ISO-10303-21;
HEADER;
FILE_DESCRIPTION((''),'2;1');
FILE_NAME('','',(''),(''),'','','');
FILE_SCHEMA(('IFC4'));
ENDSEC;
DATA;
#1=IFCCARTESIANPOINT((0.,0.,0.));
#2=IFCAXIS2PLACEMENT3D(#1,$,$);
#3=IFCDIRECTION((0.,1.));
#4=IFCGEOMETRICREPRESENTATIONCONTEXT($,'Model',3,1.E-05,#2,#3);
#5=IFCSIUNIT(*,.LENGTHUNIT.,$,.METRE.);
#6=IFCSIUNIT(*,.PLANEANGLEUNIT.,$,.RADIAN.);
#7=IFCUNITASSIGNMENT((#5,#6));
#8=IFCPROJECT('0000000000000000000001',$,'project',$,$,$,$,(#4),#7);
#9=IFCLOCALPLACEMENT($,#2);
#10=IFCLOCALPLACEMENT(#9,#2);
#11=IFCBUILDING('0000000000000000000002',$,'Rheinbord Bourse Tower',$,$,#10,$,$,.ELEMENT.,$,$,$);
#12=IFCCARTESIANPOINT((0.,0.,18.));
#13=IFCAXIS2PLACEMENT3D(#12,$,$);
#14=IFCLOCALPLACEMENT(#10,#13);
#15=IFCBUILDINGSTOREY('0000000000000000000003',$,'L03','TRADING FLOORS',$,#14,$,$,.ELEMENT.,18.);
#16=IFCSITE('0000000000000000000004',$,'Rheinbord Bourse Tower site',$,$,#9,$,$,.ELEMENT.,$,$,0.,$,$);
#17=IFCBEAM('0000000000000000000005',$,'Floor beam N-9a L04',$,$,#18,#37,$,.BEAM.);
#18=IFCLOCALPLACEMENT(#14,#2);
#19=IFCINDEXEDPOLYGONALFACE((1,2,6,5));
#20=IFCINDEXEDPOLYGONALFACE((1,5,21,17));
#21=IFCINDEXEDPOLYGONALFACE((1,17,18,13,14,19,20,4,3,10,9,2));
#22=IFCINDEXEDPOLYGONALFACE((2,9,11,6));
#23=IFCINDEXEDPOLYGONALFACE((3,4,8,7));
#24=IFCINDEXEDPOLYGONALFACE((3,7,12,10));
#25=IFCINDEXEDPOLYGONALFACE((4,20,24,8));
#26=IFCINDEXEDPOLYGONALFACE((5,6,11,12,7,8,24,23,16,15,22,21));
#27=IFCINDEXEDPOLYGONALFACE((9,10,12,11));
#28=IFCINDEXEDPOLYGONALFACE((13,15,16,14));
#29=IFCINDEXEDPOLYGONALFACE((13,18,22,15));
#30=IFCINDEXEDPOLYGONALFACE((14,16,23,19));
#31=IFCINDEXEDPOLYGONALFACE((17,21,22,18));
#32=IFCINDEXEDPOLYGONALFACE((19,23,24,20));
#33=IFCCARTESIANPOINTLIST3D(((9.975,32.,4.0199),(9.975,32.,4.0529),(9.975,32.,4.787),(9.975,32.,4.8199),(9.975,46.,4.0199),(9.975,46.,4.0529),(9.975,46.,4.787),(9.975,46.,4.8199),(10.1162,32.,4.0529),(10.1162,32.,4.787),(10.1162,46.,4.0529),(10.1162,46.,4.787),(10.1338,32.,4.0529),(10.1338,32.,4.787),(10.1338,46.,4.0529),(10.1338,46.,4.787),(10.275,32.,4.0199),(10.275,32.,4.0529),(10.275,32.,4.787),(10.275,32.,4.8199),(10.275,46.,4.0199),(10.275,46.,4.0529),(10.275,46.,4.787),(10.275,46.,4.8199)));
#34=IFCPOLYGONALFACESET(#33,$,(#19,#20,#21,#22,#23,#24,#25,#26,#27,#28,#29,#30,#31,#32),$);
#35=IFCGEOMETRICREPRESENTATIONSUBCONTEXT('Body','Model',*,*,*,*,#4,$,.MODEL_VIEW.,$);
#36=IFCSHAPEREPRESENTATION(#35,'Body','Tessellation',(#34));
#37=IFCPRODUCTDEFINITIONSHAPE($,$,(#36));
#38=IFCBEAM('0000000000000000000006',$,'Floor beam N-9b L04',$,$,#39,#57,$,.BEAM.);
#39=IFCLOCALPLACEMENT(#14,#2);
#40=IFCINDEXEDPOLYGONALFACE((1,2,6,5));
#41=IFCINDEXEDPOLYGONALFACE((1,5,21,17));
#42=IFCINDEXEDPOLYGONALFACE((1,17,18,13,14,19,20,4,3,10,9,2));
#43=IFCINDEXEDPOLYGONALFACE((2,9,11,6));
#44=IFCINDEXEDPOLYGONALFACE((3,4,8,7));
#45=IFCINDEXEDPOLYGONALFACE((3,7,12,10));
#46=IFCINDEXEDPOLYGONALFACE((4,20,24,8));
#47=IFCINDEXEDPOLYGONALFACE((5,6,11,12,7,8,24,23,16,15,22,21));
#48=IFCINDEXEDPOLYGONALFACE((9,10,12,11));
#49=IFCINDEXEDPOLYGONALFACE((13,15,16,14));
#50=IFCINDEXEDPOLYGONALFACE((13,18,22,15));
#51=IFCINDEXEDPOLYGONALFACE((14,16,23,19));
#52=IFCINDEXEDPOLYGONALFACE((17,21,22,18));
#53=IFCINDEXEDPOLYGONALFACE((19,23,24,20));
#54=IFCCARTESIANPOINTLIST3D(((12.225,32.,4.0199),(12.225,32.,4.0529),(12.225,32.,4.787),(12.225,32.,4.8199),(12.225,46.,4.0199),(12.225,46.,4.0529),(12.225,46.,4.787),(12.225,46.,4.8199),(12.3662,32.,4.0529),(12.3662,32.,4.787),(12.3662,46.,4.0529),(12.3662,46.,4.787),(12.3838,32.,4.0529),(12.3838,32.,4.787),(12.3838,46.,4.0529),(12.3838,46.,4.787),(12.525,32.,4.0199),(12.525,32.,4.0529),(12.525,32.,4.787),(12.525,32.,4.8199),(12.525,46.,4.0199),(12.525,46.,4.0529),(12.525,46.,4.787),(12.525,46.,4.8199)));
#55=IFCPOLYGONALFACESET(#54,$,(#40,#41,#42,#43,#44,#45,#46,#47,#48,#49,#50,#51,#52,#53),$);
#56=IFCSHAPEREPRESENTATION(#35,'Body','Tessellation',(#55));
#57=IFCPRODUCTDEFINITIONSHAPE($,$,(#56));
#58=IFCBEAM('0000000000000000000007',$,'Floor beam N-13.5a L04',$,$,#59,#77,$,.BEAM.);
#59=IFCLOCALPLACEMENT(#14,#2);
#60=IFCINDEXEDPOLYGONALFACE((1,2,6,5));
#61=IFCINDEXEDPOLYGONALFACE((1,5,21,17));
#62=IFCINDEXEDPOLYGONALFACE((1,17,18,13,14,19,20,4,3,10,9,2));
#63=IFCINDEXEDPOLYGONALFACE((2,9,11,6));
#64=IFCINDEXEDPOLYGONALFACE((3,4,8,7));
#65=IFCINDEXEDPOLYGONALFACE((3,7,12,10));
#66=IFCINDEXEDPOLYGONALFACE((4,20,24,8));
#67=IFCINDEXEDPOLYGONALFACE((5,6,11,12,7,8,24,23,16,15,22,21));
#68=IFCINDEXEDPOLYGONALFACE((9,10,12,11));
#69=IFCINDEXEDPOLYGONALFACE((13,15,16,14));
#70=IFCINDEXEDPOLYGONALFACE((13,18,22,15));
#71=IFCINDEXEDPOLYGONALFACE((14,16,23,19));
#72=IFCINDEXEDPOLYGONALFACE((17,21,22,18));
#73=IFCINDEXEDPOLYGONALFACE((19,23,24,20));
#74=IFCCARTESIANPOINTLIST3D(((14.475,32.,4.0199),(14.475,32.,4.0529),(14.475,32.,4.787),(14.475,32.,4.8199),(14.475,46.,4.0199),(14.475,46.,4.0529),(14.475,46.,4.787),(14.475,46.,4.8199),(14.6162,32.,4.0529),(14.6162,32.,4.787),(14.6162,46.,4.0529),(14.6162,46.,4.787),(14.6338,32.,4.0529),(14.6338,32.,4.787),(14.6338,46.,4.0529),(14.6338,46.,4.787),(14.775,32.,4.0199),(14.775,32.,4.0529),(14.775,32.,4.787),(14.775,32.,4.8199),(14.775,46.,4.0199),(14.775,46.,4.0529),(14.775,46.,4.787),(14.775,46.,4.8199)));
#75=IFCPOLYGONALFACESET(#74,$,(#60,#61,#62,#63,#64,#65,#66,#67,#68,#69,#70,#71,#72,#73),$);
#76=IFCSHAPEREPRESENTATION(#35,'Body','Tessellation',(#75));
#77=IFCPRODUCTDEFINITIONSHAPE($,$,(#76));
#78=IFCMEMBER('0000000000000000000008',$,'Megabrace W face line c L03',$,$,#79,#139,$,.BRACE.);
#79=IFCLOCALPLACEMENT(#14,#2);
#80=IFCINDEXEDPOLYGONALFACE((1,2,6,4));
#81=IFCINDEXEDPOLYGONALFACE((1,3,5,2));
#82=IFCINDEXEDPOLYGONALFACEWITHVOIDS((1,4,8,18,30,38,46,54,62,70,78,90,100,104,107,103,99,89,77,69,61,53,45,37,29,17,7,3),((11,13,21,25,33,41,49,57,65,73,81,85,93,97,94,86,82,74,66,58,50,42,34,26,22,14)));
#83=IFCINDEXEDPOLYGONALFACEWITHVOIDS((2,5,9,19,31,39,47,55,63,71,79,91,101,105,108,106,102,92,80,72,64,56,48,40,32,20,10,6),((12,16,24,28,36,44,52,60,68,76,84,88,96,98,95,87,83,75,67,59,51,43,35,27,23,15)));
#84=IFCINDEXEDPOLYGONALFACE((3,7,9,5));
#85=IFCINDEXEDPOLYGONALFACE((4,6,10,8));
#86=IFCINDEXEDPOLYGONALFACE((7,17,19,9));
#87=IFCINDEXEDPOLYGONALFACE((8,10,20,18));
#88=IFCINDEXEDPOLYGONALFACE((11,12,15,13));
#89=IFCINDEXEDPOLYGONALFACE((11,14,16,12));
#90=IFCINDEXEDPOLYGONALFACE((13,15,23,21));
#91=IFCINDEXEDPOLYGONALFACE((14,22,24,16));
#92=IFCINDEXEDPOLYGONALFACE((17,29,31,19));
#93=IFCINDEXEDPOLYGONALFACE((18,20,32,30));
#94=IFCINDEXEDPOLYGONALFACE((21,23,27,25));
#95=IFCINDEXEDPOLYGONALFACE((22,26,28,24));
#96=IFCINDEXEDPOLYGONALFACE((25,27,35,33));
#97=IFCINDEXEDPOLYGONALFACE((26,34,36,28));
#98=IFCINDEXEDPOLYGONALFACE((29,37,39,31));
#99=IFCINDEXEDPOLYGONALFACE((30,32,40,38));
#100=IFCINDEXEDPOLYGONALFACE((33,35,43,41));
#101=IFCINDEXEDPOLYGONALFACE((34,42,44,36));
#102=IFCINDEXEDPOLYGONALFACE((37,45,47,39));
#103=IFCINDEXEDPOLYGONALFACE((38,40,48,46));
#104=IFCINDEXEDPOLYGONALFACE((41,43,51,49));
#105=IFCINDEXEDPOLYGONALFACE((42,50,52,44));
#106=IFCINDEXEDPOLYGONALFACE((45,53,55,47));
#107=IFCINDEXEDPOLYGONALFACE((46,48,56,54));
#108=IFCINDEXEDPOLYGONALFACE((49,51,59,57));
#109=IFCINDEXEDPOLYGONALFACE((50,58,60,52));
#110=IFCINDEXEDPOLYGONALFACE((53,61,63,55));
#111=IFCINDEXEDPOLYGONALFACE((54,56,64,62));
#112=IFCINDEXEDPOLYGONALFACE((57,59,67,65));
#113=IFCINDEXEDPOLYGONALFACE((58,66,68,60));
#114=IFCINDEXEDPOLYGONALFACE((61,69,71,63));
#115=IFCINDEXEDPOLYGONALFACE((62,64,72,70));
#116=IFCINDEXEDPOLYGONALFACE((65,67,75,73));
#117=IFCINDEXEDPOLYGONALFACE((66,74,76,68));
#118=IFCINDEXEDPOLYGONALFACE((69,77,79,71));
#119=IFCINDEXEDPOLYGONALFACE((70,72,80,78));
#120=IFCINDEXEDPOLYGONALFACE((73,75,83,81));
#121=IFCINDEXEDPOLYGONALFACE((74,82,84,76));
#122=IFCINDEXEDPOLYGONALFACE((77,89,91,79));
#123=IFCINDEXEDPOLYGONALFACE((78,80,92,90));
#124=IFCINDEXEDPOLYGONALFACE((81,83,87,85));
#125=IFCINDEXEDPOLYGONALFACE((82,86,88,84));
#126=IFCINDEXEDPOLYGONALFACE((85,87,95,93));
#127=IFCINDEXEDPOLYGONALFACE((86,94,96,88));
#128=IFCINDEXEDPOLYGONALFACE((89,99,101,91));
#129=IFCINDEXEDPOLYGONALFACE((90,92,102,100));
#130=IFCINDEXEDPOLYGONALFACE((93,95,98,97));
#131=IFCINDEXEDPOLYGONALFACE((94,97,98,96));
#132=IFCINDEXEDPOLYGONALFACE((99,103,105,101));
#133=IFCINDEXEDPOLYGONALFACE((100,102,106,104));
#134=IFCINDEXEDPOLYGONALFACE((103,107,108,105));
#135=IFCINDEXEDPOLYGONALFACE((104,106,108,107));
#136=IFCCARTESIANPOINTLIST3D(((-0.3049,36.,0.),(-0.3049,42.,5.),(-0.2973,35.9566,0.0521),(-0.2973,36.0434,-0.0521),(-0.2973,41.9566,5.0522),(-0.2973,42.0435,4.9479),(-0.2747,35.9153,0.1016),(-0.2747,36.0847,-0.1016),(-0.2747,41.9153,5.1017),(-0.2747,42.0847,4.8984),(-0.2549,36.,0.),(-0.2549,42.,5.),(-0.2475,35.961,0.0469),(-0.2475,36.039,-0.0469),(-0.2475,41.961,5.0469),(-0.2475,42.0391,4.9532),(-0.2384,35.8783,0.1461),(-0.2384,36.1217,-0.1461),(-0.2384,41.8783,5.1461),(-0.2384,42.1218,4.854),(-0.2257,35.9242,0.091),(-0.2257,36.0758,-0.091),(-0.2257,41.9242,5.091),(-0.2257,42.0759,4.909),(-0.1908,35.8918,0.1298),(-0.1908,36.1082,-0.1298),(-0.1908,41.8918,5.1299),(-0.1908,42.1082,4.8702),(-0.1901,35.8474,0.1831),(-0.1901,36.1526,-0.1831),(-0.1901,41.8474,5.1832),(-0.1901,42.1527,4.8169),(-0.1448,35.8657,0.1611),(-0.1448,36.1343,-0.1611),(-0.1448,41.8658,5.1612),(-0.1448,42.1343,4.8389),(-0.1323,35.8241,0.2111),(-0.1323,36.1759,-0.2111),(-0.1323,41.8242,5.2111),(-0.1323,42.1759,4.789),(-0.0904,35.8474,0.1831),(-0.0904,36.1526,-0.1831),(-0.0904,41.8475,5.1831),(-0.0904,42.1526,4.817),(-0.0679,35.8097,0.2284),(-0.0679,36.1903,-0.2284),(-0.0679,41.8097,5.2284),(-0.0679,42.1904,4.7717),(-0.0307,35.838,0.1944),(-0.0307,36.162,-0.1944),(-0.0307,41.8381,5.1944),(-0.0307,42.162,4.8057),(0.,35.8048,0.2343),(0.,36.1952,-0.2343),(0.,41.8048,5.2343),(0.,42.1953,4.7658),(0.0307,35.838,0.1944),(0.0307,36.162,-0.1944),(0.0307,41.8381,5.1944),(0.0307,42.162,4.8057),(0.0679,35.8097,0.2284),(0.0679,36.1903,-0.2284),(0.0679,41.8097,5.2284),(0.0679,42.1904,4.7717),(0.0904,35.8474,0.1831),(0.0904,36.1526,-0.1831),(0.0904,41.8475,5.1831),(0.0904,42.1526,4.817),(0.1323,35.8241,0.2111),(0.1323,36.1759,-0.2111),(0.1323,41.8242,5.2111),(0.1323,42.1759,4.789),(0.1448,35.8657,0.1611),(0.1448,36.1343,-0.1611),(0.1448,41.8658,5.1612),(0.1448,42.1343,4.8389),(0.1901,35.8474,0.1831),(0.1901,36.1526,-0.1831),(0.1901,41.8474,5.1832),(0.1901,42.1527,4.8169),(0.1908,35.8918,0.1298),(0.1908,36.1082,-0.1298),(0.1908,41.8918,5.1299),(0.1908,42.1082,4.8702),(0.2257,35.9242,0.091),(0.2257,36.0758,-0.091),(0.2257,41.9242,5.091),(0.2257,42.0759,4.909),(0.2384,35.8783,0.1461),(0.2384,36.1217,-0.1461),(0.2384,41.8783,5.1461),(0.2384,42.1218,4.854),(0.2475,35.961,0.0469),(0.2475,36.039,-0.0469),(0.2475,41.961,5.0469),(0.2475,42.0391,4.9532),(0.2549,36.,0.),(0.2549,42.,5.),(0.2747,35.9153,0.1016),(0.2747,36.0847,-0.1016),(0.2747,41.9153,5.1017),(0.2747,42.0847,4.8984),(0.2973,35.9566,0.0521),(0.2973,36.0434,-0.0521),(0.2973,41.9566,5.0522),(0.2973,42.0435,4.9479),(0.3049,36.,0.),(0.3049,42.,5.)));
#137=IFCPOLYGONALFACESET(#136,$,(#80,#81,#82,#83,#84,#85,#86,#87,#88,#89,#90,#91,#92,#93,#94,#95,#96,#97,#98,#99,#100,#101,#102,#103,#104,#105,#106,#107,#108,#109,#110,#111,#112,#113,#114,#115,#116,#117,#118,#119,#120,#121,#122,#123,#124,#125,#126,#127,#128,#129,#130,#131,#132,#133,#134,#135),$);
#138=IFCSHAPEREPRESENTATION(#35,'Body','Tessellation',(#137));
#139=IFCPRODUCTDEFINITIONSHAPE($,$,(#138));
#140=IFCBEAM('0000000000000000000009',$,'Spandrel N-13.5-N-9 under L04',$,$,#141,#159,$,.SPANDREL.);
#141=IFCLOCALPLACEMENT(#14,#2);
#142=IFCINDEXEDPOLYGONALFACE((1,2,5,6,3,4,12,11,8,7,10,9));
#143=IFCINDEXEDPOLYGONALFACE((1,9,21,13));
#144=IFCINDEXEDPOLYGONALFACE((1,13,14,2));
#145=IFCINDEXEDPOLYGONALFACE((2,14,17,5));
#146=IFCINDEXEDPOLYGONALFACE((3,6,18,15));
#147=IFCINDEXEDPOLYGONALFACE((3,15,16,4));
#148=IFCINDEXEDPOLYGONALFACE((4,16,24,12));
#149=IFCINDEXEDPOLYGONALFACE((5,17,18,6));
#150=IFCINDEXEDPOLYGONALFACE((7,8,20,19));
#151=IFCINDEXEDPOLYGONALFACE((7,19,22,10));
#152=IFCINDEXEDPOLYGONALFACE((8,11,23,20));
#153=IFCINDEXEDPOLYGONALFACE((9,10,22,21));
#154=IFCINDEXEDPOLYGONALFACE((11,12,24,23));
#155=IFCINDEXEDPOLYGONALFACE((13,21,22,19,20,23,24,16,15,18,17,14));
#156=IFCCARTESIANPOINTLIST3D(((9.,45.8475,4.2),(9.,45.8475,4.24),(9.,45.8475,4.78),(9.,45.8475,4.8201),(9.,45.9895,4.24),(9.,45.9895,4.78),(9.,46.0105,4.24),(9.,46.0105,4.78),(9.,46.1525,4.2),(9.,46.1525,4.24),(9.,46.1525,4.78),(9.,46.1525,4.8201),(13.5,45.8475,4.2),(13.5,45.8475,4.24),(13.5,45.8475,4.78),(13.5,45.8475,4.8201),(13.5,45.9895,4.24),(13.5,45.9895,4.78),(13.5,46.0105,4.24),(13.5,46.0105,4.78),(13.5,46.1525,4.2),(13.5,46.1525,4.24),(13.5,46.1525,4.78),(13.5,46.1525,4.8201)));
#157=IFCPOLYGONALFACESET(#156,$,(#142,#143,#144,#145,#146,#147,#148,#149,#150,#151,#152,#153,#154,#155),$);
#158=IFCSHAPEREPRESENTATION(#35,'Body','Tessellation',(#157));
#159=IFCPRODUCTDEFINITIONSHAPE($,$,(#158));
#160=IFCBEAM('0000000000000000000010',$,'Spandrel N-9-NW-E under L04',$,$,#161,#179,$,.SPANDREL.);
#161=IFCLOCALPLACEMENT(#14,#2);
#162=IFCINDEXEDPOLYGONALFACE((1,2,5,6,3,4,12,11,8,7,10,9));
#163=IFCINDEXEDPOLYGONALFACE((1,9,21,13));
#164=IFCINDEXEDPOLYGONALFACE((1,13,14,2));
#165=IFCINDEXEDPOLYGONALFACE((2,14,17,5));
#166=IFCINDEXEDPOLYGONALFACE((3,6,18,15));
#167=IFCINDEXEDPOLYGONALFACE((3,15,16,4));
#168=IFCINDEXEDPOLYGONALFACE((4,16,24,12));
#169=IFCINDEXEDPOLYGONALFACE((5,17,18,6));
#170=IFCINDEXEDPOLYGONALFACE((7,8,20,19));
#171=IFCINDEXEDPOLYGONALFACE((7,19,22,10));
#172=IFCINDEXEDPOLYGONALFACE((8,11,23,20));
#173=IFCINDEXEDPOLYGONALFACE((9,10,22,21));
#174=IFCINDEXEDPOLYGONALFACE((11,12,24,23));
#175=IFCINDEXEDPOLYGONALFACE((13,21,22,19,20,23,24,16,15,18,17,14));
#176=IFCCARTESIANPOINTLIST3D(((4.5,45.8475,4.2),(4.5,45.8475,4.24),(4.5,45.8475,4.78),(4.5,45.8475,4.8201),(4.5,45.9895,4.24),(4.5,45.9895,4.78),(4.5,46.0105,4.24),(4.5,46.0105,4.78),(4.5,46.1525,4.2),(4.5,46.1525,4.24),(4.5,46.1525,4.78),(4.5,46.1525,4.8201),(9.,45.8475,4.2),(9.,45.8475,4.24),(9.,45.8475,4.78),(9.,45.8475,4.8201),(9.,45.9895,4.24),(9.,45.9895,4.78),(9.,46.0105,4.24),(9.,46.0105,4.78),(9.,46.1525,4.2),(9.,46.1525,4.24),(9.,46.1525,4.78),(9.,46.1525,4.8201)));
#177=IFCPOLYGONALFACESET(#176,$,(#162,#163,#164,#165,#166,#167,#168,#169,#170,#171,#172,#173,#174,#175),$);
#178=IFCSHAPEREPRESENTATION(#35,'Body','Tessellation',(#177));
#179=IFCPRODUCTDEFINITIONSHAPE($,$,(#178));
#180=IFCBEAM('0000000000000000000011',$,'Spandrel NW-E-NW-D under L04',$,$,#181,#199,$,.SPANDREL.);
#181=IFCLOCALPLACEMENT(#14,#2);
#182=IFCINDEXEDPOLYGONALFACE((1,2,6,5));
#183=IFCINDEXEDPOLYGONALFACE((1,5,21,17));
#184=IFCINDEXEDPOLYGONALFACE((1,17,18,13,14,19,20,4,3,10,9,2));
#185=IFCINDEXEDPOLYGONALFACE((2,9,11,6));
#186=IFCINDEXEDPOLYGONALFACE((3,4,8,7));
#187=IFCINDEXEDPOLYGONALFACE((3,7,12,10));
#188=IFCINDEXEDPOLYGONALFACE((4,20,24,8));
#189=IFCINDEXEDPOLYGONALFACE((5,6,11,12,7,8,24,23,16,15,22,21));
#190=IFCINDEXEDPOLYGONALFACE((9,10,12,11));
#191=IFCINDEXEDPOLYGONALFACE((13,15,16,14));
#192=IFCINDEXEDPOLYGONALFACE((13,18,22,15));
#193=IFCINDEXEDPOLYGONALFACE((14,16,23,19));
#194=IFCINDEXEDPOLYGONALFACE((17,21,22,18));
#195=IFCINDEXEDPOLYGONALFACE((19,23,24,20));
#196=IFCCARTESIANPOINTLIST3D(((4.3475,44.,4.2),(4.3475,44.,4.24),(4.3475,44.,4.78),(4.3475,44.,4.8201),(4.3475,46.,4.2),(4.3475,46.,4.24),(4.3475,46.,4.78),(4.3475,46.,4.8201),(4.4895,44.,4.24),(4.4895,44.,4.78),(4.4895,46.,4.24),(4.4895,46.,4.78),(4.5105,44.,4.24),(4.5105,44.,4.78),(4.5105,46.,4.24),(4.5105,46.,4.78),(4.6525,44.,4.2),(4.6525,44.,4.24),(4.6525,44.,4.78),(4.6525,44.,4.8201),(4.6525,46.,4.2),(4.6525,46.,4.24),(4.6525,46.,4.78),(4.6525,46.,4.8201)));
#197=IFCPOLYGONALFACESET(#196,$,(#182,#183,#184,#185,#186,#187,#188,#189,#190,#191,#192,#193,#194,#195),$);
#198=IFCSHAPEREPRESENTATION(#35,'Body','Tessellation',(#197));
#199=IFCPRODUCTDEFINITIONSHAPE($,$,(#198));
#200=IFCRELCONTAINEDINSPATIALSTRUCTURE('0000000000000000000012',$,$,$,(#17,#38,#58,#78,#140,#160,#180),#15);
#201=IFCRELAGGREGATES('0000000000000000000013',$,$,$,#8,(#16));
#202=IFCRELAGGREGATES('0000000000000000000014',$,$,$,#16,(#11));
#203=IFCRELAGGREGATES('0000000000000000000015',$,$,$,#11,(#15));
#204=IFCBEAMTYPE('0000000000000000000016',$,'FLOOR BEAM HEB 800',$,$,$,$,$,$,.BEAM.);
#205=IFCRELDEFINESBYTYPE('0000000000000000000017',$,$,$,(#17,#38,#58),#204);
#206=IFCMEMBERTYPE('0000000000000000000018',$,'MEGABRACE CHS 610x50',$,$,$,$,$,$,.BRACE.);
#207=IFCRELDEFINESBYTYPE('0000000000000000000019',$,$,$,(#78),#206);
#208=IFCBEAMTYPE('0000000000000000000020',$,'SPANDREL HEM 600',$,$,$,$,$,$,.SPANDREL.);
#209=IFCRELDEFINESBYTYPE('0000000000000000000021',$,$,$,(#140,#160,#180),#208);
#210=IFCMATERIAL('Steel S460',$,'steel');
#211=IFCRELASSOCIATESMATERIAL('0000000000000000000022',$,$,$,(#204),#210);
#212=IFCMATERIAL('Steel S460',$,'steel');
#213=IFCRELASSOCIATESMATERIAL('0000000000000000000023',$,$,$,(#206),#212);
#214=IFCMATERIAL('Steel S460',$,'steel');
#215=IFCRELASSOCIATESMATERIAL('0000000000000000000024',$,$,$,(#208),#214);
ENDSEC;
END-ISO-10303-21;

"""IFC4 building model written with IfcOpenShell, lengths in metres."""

from ifc_helpers import new_model, si_unit, direction, frame, origin, origin_2d, place, context, subcontext, project, spatial, hollow_circle, i_section, extrude, material, material_profile, profile_set, type_object, element, save


model = new_model("IFC4")

# Units and contexts
model_context = context("Model", 3, precision=1e-05, world=origin(), true_north=direction((0.0, 1.0)))
body_context = subcontext(model_context, "Body", "Model", "MODEL_VIEW")
ifc_project = project(units=[si_unit("LENGTHUNIT", "METRE"), si_unit("PLANEANGLEUNIT", "RADIAN")], contexts=[model_context])

# Site, building, storey
site_placement = place(None, origin())
site = spatial("IfcSite", under=ifc_project, at=site_placement, Name="Rheinbord Bourse Tower site", CompositionType="ELEMENT", RefElevation=0.0)
building_placement = place(site_placement, origin())
building = spatial("IfcBuilding", under=site, at=building_placement, Name="Rheinbord Bourse Tower", CompositionType="ELEMENT")
storey_placement = place(building_placement, frame((0.0, 0.0, 18.0)))
storey = spatial("IfcBuildingStorey", under=building, at=storey_placement, Name="L03", Description="TRADING FLOORS", CompositionType="ELEMENT", Elevation=18.0)

# Beams
ifc_material_1 = material(Name="Steel S460", Category="steel")
ifc_material_profile_1 = material_profile(ifc_material_1, i_section(OverallWidth=0.3, OverallDepth=0.8, WebThickness=0.0176, FlangeThickness=0.033, at=origin_2d()), Name="HEB 800")
ifc_profile_set_1 = profile_set([ifc_material_profile_1], Name="Steel S460")
beam_type_1 = type_object("IfcBeamType", Name="FLOOR BEAM HEB 800", PredefinedType="BEAM", material=ifc_profile_set_1)
for number, where, z_axis, x_axis, name in (
    (1, (10.125, 46.0, 4.4199), (0.0, -1.0, 0.0), (1.0, 0.0, 0.0), "Floor beam N-9a L04"),
    (2, (12.375, 46.0, 4.4199), (0.0, -1.0, 0.0), (1.0, 0.0, 0.0), "Floor beam N-9b L04"),
    (3, (14.625, 46.0, 4.4199), (0.0, -1.0, 0.0), (1.0, 0.0, 0.0), "Floor beam N-13.5a L04"),
):
    element("IfcBeam", number, at=place(storey_placement, frame(where, z_axis=z_axis, x_axis=x_axis)), inside=storey, type_object=beam_type_1, Name=name, PredefinedType="BEAM", context=body_context, shape_type="SweptSolid", body=[
        extrude(i_section(OverallWidth=0.3, OverallDepth=0.8, WebThickness=0.0176, FlangeThickness=0.033, at=origin_2d()), origin(), (0.0, 0.0, 1.0), 14.0),
    ])

# Member
ifc_material_2 = material(Name="Steel S460", Category="steel")
ifc_material_profile_2 = material_profile(ifc_material_2, hollow_circle(Radius=0.3049, WallThickness=0.05, at=origin_2d()), Name="CHS 610x50")
ifc_profile_set_2 = profile_set([ifc_material_profile_2], Name="Steel S460")
member_type_1 = type_object("IfcMemberType", Name="MEGABRACE CHS 610x50", PredefinedType="BRACE", material=ifc_profile_set_2)
member_1_placement = place(storey_placement, frame((0.0, 36.0, 0.0), z_axis=(0.0, 0.768221, 0.640184), x_axis=(-1.0, 0.0, 0.0)))
element("IfcMember", 4, at=member_1_placement, inside=storey, type_object=member_type_1, Name="Megabrace W face line c L03", PredefinedType="BRACE", context=body_context, shape_type="SweptSolid", body=[
    extrude(hollow_circle(Radius=0.3049, WallThickness=0.05, at=origin_2d()), origin(), (0.0, 0.0, 1.0), 7.8103),
])

# Beams
ifc_material_3 = material(Name="Steel S460", Category="steel")
ifc_material_profile_3 = material_profile(ifc_material_3, i_section(OverallWidth=0.3049, OverallDepth=0.6201, WebThickness=0.021, FlangeThickness=0.04, at=origin_2d()), Name="HEM 600")
ifc_profile_set_3 = profile_set([ifc_material_profile_3], Name="Steel S460")
beam_type_2 = type_object("IfcBeamType", Name="SPANDREL HEM 600", PredefinedType="SPANDREL", material=ifc_profile_set_3)
for number, where, z_axis, x_axis, name in (
    (5, (13.5, 46.0, 4.51), (-1.0, 0.0, 0.0), (0.0, -1.0, 0.0), "Spandrel N-13.5-N-9 under L04"),
    (6, (9.0, 46.0, 4.51), (-1.0, 0.0, 0.0), (0.0, -1.0, 0.0), "Spandrel N-9-NW-E under L04"),
):
    element("IfcBeam", number, at=place(storey_placement, frame(where, z_axis=z_axis, x_axis=x_axis)), inside=storey, type_object=beam_type_2, Name=name, PredefinedType="SPANDREL", context=body_context, shape_type="SweptSolid", body=[
        extrude(i_section(OverallWidth=0.3049, OverallDepth=0.6201, WebThickness=0.021, FlangeThickness=0.04, at=origin_2d()), origin(), (0.0, 0.0, 1.0), 4.5),
    ])
beam_1_placement = place(storey_placement, frame((4.5, 46.0, 4.51), z_axis=(0.0, -1.0, 0.0), x_axis=(1.0, 0.0, 0.0)))
element("IfcBeam", 7, at=beam_1_placement, inside=storey, type_object=beam_type_2, Name="Spandrel NW-E-NW-D under L04", PredefinedType="SPANDREL", context=body_context, shape_type="SweptSolid", body=[
    extrude(i_section(OverallWidth=0.3049, OverallDepth=0.6201, WebThickness=0.021, FlangeThickness=0.04, at=origin_2d()), origin(), (0.0, 0.0, 1.0), 2.0),
])

save(model, "model.ifc")
